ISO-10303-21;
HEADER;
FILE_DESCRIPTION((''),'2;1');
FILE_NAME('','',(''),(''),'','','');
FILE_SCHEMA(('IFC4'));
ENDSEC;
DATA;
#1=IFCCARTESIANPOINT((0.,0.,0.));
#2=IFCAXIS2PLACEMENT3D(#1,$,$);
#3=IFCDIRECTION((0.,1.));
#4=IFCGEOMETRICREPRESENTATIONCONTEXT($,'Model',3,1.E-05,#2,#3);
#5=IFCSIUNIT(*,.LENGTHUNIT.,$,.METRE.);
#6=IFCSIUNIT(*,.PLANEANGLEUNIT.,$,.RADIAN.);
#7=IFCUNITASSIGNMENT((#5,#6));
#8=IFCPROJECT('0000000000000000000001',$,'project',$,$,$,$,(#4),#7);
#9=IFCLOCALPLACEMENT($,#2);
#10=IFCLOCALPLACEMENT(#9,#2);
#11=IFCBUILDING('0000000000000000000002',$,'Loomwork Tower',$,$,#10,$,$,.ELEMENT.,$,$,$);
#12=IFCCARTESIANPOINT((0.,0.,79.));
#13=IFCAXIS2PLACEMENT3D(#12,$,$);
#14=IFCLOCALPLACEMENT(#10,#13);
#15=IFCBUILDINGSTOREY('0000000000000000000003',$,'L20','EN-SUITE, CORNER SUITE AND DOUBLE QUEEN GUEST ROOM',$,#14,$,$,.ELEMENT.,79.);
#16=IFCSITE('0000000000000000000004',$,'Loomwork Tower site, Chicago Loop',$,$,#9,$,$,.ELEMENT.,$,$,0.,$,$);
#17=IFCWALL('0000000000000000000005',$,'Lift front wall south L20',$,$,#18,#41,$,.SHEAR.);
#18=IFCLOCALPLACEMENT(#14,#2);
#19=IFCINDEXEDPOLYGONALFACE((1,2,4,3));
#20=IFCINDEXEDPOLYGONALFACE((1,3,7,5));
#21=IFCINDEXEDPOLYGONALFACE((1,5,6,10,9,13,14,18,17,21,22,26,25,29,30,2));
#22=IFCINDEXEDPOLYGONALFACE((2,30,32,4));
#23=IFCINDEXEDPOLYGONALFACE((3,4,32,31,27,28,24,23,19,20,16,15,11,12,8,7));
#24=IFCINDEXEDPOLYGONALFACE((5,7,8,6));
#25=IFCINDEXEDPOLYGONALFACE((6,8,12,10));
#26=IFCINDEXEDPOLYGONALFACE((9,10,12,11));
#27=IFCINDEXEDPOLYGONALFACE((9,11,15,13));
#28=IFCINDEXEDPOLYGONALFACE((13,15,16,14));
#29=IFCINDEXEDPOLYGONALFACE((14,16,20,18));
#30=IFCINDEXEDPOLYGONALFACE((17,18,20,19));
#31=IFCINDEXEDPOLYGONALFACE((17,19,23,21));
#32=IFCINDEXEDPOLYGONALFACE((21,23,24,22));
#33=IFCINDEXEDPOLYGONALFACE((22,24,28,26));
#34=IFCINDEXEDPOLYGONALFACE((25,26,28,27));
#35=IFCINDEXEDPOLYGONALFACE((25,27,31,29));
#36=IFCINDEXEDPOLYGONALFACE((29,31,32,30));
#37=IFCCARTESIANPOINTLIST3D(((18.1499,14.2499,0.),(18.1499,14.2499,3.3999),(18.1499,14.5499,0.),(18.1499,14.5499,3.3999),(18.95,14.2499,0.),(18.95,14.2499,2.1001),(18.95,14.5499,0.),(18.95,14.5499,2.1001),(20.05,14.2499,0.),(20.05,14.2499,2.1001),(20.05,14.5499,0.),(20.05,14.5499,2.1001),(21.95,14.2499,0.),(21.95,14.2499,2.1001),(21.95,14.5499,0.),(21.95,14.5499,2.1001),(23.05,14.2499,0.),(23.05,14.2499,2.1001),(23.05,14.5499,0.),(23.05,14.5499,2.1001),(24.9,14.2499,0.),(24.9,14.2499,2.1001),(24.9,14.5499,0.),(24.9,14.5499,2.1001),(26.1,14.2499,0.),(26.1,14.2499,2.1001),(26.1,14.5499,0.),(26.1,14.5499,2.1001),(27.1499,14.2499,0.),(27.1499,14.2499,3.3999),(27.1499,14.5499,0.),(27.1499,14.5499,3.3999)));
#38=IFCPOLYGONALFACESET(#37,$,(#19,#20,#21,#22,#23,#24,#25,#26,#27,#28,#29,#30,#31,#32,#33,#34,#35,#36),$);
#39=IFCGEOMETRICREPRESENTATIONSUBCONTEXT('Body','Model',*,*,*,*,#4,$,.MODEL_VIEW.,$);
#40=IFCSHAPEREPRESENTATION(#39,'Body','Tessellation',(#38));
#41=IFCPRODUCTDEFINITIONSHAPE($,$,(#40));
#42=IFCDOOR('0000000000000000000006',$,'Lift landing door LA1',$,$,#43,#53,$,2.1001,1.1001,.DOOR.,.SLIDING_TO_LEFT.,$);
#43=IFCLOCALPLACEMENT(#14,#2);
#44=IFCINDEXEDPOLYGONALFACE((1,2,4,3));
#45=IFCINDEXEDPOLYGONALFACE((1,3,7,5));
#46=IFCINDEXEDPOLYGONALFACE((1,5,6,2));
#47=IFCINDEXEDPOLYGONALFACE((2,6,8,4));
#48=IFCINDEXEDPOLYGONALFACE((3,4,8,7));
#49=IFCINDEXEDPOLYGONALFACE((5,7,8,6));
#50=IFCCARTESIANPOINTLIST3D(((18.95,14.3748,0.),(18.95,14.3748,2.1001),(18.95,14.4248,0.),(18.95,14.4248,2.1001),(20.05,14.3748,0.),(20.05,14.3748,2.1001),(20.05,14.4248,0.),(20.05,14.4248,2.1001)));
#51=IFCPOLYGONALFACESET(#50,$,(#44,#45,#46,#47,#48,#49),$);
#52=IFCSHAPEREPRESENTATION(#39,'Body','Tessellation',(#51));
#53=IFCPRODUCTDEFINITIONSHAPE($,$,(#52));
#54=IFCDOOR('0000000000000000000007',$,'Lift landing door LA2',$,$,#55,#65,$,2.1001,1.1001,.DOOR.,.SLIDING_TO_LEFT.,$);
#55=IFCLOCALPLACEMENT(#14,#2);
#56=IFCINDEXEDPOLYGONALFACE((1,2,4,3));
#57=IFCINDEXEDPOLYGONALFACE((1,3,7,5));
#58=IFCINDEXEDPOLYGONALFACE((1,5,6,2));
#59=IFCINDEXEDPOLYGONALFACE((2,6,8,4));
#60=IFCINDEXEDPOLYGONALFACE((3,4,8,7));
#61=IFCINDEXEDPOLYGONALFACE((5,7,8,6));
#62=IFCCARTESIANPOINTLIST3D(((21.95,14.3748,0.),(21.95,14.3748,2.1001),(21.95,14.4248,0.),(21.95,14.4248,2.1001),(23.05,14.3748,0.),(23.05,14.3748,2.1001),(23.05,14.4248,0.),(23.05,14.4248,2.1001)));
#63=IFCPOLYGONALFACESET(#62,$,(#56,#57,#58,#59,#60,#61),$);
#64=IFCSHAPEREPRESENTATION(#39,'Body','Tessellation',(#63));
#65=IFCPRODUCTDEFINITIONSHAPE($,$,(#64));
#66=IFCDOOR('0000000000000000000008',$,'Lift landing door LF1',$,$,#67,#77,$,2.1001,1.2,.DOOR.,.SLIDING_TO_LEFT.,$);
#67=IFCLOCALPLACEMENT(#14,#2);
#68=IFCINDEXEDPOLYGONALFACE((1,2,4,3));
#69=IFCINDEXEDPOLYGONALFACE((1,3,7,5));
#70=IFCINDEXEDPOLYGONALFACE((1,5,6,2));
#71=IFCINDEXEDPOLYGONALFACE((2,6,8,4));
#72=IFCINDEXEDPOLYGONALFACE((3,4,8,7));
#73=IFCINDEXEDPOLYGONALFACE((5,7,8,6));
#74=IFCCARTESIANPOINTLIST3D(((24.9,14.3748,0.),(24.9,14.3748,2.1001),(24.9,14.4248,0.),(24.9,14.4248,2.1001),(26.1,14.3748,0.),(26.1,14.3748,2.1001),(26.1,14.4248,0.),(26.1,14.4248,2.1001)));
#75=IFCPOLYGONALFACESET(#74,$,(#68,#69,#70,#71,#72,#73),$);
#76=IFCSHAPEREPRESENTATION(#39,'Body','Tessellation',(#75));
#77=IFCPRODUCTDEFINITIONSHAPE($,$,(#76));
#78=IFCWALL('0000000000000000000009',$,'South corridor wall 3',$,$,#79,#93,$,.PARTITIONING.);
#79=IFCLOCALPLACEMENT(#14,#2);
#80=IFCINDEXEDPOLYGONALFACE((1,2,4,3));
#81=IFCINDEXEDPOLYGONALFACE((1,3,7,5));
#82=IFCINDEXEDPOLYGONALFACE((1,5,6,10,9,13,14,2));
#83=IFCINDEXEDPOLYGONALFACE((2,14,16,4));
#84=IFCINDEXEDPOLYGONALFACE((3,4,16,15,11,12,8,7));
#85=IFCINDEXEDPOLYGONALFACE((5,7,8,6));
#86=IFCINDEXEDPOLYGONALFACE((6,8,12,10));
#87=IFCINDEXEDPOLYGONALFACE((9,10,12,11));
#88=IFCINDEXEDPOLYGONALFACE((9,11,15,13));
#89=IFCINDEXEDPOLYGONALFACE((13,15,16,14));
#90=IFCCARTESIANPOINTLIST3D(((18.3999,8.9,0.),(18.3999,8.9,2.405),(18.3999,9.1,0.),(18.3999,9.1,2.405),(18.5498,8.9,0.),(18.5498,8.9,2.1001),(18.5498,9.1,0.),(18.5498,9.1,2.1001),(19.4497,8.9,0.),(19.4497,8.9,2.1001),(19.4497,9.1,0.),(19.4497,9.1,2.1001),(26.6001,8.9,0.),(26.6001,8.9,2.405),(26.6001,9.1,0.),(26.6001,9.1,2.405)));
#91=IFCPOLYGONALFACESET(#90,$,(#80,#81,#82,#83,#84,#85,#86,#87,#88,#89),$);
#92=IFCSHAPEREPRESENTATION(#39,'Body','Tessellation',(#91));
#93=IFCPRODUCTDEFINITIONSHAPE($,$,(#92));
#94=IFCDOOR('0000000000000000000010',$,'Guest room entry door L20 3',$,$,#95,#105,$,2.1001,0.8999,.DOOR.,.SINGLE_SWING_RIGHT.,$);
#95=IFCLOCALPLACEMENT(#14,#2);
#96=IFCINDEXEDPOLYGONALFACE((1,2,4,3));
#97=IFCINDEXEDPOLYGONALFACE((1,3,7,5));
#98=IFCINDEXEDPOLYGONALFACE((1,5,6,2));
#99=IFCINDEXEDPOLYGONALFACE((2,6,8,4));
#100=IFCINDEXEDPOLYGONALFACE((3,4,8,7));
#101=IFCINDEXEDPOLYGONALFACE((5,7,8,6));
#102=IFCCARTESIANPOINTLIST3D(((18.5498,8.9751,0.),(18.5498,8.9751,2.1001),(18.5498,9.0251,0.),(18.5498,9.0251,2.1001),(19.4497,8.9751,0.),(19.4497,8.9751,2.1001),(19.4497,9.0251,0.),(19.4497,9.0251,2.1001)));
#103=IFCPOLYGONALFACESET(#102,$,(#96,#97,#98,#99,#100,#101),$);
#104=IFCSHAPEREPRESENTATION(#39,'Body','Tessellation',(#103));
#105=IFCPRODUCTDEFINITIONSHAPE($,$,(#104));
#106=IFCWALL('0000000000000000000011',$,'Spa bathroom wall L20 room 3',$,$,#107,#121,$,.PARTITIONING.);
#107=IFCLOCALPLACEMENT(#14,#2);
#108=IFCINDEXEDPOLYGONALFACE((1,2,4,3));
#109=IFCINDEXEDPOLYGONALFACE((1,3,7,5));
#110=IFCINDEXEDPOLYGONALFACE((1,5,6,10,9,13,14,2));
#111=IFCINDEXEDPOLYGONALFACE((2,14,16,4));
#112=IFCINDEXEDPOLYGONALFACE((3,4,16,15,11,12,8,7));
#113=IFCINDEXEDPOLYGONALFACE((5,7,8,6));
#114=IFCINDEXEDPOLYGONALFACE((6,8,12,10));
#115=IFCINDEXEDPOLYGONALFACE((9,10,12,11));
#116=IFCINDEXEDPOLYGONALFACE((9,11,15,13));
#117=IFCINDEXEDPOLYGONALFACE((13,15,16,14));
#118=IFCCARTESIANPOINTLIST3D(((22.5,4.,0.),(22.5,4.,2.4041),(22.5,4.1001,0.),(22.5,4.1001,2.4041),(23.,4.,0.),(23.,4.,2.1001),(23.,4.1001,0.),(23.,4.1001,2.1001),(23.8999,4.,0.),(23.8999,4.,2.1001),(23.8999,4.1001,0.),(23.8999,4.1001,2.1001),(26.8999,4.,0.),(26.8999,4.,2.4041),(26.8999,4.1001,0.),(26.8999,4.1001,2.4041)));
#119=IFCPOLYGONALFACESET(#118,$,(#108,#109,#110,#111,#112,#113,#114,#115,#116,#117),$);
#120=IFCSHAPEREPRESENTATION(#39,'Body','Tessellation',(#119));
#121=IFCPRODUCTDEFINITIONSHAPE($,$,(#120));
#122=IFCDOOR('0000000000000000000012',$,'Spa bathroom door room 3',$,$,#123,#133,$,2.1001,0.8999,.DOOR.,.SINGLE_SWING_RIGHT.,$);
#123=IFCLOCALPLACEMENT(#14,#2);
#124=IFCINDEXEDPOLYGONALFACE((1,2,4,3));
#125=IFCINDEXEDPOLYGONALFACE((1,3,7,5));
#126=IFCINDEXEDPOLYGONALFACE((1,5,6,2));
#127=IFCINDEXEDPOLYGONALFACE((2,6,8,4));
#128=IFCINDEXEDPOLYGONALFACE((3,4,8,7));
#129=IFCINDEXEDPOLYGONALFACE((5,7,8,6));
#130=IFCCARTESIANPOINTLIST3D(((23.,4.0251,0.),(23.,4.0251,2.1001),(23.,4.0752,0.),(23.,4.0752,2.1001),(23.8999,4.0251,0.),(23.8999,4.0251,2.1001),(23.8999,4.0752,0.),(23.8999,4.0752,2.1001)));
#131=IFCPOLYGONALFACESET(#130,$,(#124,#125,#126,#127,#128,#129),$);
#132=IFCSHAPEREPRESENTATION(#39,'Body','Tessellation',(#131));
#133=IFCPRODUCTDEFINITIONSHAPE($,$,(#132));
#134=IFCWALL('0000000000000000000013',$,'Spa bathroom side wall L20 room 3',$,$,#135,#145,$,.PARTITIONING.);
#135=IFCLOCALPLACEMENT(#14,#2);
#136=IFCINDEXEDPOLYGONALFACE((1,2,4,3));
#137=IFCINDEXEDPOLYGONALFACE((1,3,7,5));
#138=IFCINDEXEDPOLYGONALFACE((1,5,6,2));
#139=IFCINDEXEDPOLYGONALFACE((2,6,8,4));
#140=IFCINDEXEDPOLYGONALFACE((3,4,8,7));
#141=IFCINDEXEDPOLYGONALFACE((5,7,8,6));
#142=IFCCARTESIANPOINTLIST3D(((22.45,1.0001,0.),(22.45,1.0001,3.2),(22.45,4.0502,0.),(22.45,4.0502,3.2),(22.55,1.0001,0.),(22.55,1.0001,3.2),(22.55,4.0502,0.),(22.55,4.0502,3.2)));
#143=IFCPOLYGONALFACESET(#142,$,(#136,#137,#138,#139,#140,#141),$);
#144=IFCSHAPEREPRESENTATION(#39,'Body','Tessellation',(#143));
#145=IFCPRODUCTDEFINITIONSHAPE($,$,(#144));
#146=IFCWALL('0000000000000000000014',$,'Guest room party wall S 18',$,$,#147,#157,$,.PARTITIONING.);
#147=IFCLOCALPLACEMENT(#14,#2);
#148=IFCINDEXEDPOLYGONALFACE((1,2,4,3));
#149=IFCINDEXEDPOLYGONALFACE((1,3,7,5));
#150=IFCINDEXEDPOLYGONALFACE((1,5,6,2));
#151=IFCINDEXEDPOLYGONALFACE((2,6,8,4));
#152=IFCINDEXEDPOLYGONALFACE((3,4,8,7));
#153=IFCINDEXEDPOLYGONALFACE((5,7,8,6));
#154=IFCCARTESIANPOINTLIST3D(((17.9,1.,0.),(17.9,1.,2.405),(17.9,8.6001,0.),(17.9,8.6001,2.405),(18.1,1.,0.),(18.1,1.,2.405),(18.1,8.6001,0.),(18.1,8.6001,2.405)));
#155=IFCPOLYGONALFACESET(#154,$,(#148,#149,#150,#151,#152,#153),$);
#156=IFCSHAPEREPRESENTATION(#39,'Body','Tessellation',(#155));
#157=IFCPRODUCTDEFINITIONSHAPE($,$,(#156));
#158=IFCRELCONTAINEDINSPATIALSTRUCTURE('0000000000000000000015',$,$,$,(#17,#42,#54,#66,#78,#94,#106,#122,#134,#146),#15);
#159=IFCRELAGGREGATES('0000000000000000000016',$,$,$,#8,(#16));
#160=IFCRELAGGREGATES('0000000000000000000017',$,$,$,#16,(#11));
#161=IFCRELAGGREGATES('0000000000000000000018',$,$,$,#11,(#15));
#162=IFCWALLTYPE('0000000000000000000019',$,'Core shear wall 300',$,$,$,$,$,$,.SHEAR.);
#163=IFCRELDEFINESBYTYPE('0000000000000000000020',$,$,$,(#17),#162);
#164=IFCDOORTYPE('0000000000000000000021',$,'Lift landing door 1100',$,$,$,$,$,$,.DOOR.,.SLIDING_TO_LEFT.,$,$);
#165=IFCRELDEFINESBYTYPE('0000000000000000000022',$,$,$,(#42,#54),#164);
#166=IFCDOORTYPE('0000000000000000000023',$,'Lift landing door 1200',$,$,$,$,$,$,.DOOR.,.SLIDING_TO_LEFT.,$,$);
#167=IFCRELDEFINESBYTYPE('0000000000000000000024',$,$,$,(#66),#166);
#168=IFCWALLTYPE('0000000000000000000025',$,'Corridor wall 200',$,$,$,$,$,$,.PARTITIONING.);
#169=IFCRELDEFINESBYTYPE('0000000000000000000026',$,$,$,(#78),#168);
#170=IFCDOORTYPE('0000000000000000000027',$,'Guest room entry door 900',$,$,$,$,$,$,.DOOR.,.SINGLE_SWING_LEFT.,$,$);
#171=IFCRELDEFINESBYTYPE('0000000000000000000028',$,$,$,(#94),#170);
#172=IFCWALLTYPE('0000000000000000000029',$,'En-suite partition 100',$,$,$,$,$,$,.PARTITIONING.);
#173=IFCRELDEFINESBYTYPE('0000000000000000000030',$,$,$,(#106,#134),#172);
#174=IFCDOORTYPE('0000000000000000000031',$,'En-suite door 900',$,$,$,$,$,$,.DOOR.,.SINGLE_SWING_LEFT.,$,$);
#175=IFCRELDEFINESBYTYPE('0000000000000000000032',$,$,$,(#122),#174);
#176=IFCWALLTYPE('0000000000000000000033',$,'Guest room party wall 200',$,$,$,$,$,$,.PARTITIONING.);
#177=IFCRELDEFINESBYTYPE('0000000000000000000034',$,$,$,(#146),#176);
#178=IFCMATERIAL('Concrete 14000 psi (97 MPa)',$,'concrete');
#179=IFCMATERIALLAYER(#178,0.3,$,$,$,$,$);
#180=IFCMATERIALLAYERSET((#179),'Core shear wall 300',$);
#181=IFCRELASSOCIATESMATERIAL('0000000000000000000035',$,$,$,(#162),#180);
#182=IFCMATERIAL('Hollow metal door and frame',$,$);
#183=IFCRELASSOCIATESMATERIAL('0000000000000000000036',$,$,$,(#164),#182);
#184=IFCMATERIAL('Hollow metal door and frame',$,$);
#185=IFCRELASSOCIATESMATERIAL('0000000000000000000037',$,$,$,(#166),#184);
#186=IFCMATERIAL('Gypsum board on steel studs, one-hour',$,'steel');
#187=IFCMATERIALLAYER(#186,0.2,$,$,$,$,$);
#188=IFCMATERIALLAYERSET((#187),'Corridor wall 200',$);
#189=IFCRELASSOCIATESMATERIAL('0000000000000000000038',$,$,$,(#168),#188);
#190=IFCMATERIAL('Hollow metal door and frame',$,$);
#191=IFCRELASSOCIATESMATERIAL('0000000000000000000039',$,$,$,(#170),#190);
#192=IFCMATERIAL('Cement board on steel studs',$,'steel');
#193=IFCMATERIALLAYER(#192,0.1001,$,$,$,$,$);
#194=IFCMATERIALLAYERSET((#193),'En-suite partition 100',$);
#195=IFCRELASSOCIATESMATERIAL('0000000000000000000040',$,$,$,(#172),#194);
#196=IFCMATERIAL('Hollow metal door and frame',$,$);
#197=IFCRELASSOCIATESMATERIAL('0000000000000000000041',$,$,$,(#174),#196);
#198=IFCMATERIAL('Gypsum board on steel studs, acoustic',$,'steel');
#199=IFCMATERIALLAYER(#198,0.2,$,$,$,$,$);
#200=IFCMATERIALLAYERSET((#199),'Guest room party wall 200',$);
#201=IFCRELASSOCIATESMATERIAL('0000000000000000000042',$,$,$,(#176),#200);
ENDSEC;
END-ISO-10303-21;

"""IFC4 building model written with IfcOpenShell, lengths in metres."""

from ifc_helpers import new_model, si_unit, direction, frame, frame_2d, origin, place, context, subcontext, project, spatial, rectangle, extrude, material, layer, layer_set, type_object, element, fill, save


model = new_model("IFC4")

# Units and contexts
model_context = context("Model", 3, precision=1e-05, world=origin(), true_north=direction((0.0, 1.0)))
body_context = subcontext(model_context, "Body", "Model", "MODEL_VIEW")
ifc_project = project(units=[si_unit("LENGTHUNIT", "METRE"), si_unit("PLANEANGLEUNIT", "RADIAN")], contexts=[model_context])

# Site, building, storey
site_placement = place(None, origin())
site = spatial("IfcSite", under=ifc_project, at=site_placement, Name="Loomwork Tower site, Chicago Loop", CompositionType="ELEMENT", RefElevation=0.0)
building_placement = place(site_placement, origin())
building = spatial("IfcBuilding", under=site, at=building_placement, Name="Loomwork Tower", CompositionType="ELEMENT")
storey_placement = place(building_placement, frame((0.0, 0.0, 79.0)))
storey = spatial("IfcBuildingStorey", under=building, at=storey_placement, Name="L20", Description="EN-SUITE, CORNER SUITE AND DOUBLE QUEEN GUEST ROOM", CompositionType="ELEMENT", Elevation=79.0)

# Wall, openings, doors
ifc_material_1 = material(Name="Concrete 14000 psi (97 MPa)", Category="concrete")
ifc_layer_1 = layer(ifc_material_1, 0.3)
ifc_layer_set_1 = layer_set([ifc_layer_1], Name="Core shear wall 300")
wall_type_1 = type_object("IfcWallType", Name="Core shear wall 300", PredefinedType="SHEAR", material=ifc_layer_set_1)
wall_1_placement = place(storey_placement, frame((18.1499, 14.3999, 0.0), z_axis=(0.0, 0.0, 1.0), x_axis=(1.0, 0.0, 0.0)))
wall_1 = element("IfcWall", 1, at=wall_1_placement, inside=storey, type_object=wall_type_1, Name="Lift front wall south L20", PredefinedType="SHEAR", context=body_context, shape_type="SweptSolid", body=[
    extrude(rectangle(XDim=9.0, YDim=0.3, at=frame_2d((4.5, 0.0))), origin(), (0.0, 0.0, 1.0), 3.3999),
])
opening_1_placement = place(wall_1_placement, frame((0.8, 0.0, 0.0)))
opening_1 = element("IfcOpeningElement", 2, at=opening_1_placement, cuts=wall_1, PredefinedType="OPENING", context=body_context, shape_type="SweptSolid", body=[
    extrude(rectangle(XDim=1.1001, YDim=2.1001, at=frame_2d((0.55, 1.05))), frame((0.0, 0.1599, 0.0), z_axis=(0.0, -1.0, 0.0), x_axis=(1.0, 0.0, 0.0)), (0.0, 0.0, 1.0), 0.3201),
])
opening_2_placement = place(wall_1_placement, frame((3.8, 0.0, 0.0)))
opening_2 = element("IfcOpeningElement", 3, at=opening_2_placement, cuts=wall_1, PredefinedType="OPENING", context=body_context, shape_type="SweptSolid", body=[
    extrude(rectangle(XDim=1.1001, YDim=2.1001, at=frame_2d((0.55, 1.05))), frame((0.0, 0.1599, 0.0), z_axis=(0.0, -1.0, 0.0), x_axis=(1.0, 0.0, 0.0)), (0.0, 0.0, 1.0), 0.3201),
])
opening_3_placement = place(wall_1_placement, frame((6.75, 0.0, 0.0)))
opening_3 = element("IfcOpeningElement", 4, at=opening_3_placement, cuts=wall_1, PredefinedType="OPENING", context=body_context, shape_type="SweptSolid", body=[
    extrude(rectangle(XDim=1.2, YDim=2.1001, at=frame_2d((0.6001, 1.05))), frame((0.0, 0.1599, 0.0), z_axis=(0.0, -1.0, 0.0), x_axis=(1.0, 0.0, 0.0)), (0.0, 0.0, 1.0), 0.3201),
])
ifc_material_2 = material(Name="Hollow metal door and frame")
door_type_1 = type_object("IfcDoorType", Name="Lift landing door 1100", OperationType="SLIDING_TO_LEFT", PredefinedType="DOOR", material=ifc_material_2)
door_1_placement = place(opening_1_placement, origin())
door_1 = element("IfcDoor", 5, at=door_1_placement, inside=storey, type_object=door_type_1, Name="Lift landing door LA1", OperationType="SLIDING_TO_LEFT", OverallHeight=2.1001, OverallWidth=1.1001, PredefinedType="DOOR", context=body_context, shape_type="SweptSolid", body=[
    extrude(rectangle(XDim=1.1001, YDim=2.1001, at=frame_2d((0.55, 1.05))), frame((0.0, 0.0249, 0.0), z_axis=(0.0, -1.0, 0.0), x_axis=(1.0, 0.0, 0.0)), (0.0, 0.0, 1.0), 0.05),
])
fill(opening_1, door_1)
door_2_placement = place(opening_2_placement, origin())
door_2 = element("IfcDoor", 6, at=door_2_placement, inside=storey, type_object=door_type_1, Name="Lift landing door LA2", OperationType="SLIDING_TO_LEFT", OverallHeight=2.1001, OverallWidth=1.1001, PredefinedType="DOOR", context=body_context, shape_type="SweptSolid", body=[
    extrude(rectangle(XDim=1.1001, YDim=2.1001, at=frame_2d((0.55, 1.05))), frame((0.0, 0.0249, 0.0), z_axis=(0.0, -1.0, 0.0), x_axis=(1.0, 0.0, 0.0)), (0.0, 0.0, 1.0), 0.05),
])
fill(opening_2, door_2)
ifc_material_3 = material(Name="Hollow metal door and frame")
door_type_2 = type_object("IfcDoorType", Name="Lift landing door 1200", OperationType="SLIDING_TO_LEFT", PredefinedType="DOOR", material=ifc_material_3)
door_3_placement = place(opening_3_placement, origin())
door_3 = element("IfcDoor", 7, at=door_3_placement, inside=storey, type_object=door_type_2, Name="Lift landing door LF1", OperationType="SLIDING_TO_LEFT", OverallHeight=2.1001, OverallWidth=1.2, PredefinedType="DOOR", context=body_context, shape_type="SweptSolid", body=[
    extrude(rectangle(XDim=1.2, YDim=2.1001, at=frame_2d((0.6001, 1.05))), frame((0.0, 0.0249, 0.0), z_axis=(0.0, -1.0, 0.0), x_axis=(1.0, 0.0, 0.0)), (0.0, 0.0, 1.0), 0.05),
])
fill(opening_3, door_3)

# Walls, openings, doors
ifc_material_4 = material(Name="Gypsum board on steel studs, one-hour", Category="steel")
ifc_layer_2 = layer(ifc_material_4, 0.2)
ifc_layer_set_2 = layer_set([ifc_layer_2], Name="Corridor wall 200")
wall_type_2 = type_object("IfcWallType", Name="Corridor wall 200", PredefinedType="PARTITIONING", material=ifc_layer_set_2)
wall_2_placement = place(storey_placement, frame((18.3999, 9.0, 0.0), z_axis=(0.0, 0.0, 1.0), x_axis=(1.0, 0.0, 0.0)))
wall_2 = element("IfcWall", 8, at=wall_2_placement, inside=storey, type_object=wall_type_2, Name="South corridor wall 3", PredefinedType="PARTITIONING", context=body_context, shape_type="SweptSolid", body=[
    extrude(rectangle(XDim=8.2002, YDim=0.2, at=frame_2d((4.1001, 0.0))), origin(), (0.0, 0.0, 1.0), 2.405),
])
opening_4_placement = place(wall_2_placement, frame((0.1499, 0.0, 0.0)))
opening_4 = element("IfcOpeningElement", 9, at=opening_4_placement, cuts=wall_2, PredefinedType="OPENING", context=body_context, shape_type="SweptSolid", body=[
    extrude(rectangle(XDim=0.8999, YDim=2.1001, at=frame_2d((0.45, 1.05))), frame((0.0, 0.1099, 0.0), z_axis=(0.0, -1.0, 0.0), x_axis=(1.0, 0.0, 0.0)), (0.0, 0.0, 1.0), 0.22),
])
ifc_material_5 = material(Name="Hollow metal door and frame")
door_type_3 = type_object("IfcDoorType", Name="Guest room entry door 900", OperationType="SINGLE_SWING_LEFT", PredefinedType="DOOR", material=ifc_material_5)
door_4_placement = place(opening_4_placement, frame((0.8999, 0.0, 0.0), z_axis=(0.0, 0.0, 1.0), x_axis=(-1.0, 0.0, 0.0)))
door_4 = element("IfcDoor", 10, at=door_4_placement, inside=storey, type_object=door_type_3, Name="Guest room entry door L20 3", OperationType="SINGLE_SWING_RIGHT", OverallHeight=2.1001, OverallWidth=0.8999, PredefinedType="DOOR", context=body_context, shape_type="SweptSolid", body=[
    extrude(rectangle(XDim=0.8999, YDim=2.1001, at=frame_2d((0.45, 1.05))), frame((0.0, 0.0249, 0.0), z_axis=(0.0, -1.0, 0.0), x_axis=(1.0, 0.0, 0.0)), (0.0, 0.0, 1.0), 0.05),
])
fill(opening_4, door_4)
ifc_material_6 = material(Name="Cement board on steel studs", Category="steel")
ifc_layer_3 = layer(ifc_material_6, 0.1001)
ifc_layer_set_3 = layer_set([ifc_layer_3], Name="En-suite partition 100")
wall_type_3 = type_object("IfcWallType", Name="En-suite partition 100", PredefinedType="PARTITIONING", material=ifc_layer_set_3)
wall_3_placement = place(storey_placement, frame((22.5, 4.05, 0.0), z_axis=(0.0, 0.0, 1.0), x_axis=(1.0, 0.0, 0.0)))
wall_3 = element("IfcWall", 11, at=wall_3_placement, inside=storey, type_object=wall_type_3, Name="Spa bathroom wall L20 room 3", PredefinedType="PARTITIONING", context=body_context, shape_type="SweptSolid", body=[
    extrude(rectangle(XDim=4.3999, YDim=0.1001, at=frame_2d((2.2, 0.0))), origin(), (0.0, 0.0, 1.0), 2.4041),
])
opening_5_placement = place(wall_3_placement, frame((0.5, 0.0, 0.0)))
opening_5 = element("IfcOpeningElement", 12, at=opening_5_placement, cuts=wall_3, PredefinedType="OPENING", context=body_context, shape_type="SweptSolid", body=[
    extrude(rectangle(XDim=0.8999, YDim=2.1001, at=frame_2d((0.45, 1.05))), frame((0.0, 0.0601, 0.0), z_axis=(0.0, -1.0, 0.0), x_axis=(1.0, 0.0, 0.0)), (0.0, 0.0, 1.0), 0.1201),
])
ifc_material_7 = material(Name="Hollow metal door and frame")
door_type_4 = type_object("IfcDoorType", Name="En-suite door 900", OperationType="SINGLE_SWING_LEFT", PredefinedType="DOOR", material=ifc_material_7)
door_5_placement = place(opening_5_placement, frame((0.8999, 0.0, 0.0), z_axis=(0.0, 0.0, 1.0), x_axis=(-1.0, 0.0, 0.0)))
door_5 = element("IfcDoor", 13, at=door_5_placement, inside=storey, type_object=door_type_4, Name="Spa bathroom door room 3", OperationType="SINGLE_SWING_RIGHT", OverallHeight=2.1001, OverallWidth=0.8999, PredefinedType="DOOR", context=body_context, shape_type="SweptSolid", body=[
    extrude(rectangle(XDim=0.8999, YDim=2.1001, at=frame_2d((0.45, 1.05))), frame((0.0, 0.0249, 0.0), z_axis=(0.0, -1.0, 0.0), x_axis=(1.0, 0.0, 0.0)), (0.0, 0.0, 1.0), 0.05),
])
fill(opening_5, door_5)

# Walls
wall_4_placement = place(storey_placement, frame((22.5, 4.05, 0.0), z_axis=(0.0, 0.0, 1.0), x_axis=(0.0, -1.0, 0.0)))
element("IfcWall", 14, at=wall_4_placement, inside=storey, type_object=wall_type_3, Name="Spa bathroom side wall L20 room 3", PredefinedType="PARTITIONING", context=body_context, shape_type="SweptSolid", body=[
    extrude(rectangle(XDim=3.05, YDim=0.1001, at=frame_2d((1.5249, 0.0))), origin(), (0.0, 0.0, 1.0), 3.2),
])
ifc_material_8 = material(Name="Gypsum board on steel studs, acoustic", Category="steel")
ifc_layer_4 = layer(ifc_material_8, 0.2)
ifc_layer_set_4 = layer_set([ifc_layer_4], Name="Guest room party wall 200")
wall_type_4 = type_object("IfcWallType", Name="Guest room party wall 200", PredefinedType="PARTITIONING", material=ifc_layer_set_4)
wall_5_placement = place(storey_placement, frame((18.0, 8.6001, 0.0), z_axis=(0.0, 0.0, 1.0), x_axis=(0.0, -1.0, 0.0)))
element("IfcWall", 15, at=wall_5_placement, inside=storey, type_object=wall_type_4, Name="Guest room party wall S 18", PredefinedType="PARTITIONING", context=body_context, shape_type="SweptSolid", body=[
    extrude(rectangle(XDim=7.6001, YDim=0.2, at=frame_2d((3.8, 0.0))), origin(), (0.0, 0.0, 1.0), 2.405),
])

save(model, "model.ifc")
